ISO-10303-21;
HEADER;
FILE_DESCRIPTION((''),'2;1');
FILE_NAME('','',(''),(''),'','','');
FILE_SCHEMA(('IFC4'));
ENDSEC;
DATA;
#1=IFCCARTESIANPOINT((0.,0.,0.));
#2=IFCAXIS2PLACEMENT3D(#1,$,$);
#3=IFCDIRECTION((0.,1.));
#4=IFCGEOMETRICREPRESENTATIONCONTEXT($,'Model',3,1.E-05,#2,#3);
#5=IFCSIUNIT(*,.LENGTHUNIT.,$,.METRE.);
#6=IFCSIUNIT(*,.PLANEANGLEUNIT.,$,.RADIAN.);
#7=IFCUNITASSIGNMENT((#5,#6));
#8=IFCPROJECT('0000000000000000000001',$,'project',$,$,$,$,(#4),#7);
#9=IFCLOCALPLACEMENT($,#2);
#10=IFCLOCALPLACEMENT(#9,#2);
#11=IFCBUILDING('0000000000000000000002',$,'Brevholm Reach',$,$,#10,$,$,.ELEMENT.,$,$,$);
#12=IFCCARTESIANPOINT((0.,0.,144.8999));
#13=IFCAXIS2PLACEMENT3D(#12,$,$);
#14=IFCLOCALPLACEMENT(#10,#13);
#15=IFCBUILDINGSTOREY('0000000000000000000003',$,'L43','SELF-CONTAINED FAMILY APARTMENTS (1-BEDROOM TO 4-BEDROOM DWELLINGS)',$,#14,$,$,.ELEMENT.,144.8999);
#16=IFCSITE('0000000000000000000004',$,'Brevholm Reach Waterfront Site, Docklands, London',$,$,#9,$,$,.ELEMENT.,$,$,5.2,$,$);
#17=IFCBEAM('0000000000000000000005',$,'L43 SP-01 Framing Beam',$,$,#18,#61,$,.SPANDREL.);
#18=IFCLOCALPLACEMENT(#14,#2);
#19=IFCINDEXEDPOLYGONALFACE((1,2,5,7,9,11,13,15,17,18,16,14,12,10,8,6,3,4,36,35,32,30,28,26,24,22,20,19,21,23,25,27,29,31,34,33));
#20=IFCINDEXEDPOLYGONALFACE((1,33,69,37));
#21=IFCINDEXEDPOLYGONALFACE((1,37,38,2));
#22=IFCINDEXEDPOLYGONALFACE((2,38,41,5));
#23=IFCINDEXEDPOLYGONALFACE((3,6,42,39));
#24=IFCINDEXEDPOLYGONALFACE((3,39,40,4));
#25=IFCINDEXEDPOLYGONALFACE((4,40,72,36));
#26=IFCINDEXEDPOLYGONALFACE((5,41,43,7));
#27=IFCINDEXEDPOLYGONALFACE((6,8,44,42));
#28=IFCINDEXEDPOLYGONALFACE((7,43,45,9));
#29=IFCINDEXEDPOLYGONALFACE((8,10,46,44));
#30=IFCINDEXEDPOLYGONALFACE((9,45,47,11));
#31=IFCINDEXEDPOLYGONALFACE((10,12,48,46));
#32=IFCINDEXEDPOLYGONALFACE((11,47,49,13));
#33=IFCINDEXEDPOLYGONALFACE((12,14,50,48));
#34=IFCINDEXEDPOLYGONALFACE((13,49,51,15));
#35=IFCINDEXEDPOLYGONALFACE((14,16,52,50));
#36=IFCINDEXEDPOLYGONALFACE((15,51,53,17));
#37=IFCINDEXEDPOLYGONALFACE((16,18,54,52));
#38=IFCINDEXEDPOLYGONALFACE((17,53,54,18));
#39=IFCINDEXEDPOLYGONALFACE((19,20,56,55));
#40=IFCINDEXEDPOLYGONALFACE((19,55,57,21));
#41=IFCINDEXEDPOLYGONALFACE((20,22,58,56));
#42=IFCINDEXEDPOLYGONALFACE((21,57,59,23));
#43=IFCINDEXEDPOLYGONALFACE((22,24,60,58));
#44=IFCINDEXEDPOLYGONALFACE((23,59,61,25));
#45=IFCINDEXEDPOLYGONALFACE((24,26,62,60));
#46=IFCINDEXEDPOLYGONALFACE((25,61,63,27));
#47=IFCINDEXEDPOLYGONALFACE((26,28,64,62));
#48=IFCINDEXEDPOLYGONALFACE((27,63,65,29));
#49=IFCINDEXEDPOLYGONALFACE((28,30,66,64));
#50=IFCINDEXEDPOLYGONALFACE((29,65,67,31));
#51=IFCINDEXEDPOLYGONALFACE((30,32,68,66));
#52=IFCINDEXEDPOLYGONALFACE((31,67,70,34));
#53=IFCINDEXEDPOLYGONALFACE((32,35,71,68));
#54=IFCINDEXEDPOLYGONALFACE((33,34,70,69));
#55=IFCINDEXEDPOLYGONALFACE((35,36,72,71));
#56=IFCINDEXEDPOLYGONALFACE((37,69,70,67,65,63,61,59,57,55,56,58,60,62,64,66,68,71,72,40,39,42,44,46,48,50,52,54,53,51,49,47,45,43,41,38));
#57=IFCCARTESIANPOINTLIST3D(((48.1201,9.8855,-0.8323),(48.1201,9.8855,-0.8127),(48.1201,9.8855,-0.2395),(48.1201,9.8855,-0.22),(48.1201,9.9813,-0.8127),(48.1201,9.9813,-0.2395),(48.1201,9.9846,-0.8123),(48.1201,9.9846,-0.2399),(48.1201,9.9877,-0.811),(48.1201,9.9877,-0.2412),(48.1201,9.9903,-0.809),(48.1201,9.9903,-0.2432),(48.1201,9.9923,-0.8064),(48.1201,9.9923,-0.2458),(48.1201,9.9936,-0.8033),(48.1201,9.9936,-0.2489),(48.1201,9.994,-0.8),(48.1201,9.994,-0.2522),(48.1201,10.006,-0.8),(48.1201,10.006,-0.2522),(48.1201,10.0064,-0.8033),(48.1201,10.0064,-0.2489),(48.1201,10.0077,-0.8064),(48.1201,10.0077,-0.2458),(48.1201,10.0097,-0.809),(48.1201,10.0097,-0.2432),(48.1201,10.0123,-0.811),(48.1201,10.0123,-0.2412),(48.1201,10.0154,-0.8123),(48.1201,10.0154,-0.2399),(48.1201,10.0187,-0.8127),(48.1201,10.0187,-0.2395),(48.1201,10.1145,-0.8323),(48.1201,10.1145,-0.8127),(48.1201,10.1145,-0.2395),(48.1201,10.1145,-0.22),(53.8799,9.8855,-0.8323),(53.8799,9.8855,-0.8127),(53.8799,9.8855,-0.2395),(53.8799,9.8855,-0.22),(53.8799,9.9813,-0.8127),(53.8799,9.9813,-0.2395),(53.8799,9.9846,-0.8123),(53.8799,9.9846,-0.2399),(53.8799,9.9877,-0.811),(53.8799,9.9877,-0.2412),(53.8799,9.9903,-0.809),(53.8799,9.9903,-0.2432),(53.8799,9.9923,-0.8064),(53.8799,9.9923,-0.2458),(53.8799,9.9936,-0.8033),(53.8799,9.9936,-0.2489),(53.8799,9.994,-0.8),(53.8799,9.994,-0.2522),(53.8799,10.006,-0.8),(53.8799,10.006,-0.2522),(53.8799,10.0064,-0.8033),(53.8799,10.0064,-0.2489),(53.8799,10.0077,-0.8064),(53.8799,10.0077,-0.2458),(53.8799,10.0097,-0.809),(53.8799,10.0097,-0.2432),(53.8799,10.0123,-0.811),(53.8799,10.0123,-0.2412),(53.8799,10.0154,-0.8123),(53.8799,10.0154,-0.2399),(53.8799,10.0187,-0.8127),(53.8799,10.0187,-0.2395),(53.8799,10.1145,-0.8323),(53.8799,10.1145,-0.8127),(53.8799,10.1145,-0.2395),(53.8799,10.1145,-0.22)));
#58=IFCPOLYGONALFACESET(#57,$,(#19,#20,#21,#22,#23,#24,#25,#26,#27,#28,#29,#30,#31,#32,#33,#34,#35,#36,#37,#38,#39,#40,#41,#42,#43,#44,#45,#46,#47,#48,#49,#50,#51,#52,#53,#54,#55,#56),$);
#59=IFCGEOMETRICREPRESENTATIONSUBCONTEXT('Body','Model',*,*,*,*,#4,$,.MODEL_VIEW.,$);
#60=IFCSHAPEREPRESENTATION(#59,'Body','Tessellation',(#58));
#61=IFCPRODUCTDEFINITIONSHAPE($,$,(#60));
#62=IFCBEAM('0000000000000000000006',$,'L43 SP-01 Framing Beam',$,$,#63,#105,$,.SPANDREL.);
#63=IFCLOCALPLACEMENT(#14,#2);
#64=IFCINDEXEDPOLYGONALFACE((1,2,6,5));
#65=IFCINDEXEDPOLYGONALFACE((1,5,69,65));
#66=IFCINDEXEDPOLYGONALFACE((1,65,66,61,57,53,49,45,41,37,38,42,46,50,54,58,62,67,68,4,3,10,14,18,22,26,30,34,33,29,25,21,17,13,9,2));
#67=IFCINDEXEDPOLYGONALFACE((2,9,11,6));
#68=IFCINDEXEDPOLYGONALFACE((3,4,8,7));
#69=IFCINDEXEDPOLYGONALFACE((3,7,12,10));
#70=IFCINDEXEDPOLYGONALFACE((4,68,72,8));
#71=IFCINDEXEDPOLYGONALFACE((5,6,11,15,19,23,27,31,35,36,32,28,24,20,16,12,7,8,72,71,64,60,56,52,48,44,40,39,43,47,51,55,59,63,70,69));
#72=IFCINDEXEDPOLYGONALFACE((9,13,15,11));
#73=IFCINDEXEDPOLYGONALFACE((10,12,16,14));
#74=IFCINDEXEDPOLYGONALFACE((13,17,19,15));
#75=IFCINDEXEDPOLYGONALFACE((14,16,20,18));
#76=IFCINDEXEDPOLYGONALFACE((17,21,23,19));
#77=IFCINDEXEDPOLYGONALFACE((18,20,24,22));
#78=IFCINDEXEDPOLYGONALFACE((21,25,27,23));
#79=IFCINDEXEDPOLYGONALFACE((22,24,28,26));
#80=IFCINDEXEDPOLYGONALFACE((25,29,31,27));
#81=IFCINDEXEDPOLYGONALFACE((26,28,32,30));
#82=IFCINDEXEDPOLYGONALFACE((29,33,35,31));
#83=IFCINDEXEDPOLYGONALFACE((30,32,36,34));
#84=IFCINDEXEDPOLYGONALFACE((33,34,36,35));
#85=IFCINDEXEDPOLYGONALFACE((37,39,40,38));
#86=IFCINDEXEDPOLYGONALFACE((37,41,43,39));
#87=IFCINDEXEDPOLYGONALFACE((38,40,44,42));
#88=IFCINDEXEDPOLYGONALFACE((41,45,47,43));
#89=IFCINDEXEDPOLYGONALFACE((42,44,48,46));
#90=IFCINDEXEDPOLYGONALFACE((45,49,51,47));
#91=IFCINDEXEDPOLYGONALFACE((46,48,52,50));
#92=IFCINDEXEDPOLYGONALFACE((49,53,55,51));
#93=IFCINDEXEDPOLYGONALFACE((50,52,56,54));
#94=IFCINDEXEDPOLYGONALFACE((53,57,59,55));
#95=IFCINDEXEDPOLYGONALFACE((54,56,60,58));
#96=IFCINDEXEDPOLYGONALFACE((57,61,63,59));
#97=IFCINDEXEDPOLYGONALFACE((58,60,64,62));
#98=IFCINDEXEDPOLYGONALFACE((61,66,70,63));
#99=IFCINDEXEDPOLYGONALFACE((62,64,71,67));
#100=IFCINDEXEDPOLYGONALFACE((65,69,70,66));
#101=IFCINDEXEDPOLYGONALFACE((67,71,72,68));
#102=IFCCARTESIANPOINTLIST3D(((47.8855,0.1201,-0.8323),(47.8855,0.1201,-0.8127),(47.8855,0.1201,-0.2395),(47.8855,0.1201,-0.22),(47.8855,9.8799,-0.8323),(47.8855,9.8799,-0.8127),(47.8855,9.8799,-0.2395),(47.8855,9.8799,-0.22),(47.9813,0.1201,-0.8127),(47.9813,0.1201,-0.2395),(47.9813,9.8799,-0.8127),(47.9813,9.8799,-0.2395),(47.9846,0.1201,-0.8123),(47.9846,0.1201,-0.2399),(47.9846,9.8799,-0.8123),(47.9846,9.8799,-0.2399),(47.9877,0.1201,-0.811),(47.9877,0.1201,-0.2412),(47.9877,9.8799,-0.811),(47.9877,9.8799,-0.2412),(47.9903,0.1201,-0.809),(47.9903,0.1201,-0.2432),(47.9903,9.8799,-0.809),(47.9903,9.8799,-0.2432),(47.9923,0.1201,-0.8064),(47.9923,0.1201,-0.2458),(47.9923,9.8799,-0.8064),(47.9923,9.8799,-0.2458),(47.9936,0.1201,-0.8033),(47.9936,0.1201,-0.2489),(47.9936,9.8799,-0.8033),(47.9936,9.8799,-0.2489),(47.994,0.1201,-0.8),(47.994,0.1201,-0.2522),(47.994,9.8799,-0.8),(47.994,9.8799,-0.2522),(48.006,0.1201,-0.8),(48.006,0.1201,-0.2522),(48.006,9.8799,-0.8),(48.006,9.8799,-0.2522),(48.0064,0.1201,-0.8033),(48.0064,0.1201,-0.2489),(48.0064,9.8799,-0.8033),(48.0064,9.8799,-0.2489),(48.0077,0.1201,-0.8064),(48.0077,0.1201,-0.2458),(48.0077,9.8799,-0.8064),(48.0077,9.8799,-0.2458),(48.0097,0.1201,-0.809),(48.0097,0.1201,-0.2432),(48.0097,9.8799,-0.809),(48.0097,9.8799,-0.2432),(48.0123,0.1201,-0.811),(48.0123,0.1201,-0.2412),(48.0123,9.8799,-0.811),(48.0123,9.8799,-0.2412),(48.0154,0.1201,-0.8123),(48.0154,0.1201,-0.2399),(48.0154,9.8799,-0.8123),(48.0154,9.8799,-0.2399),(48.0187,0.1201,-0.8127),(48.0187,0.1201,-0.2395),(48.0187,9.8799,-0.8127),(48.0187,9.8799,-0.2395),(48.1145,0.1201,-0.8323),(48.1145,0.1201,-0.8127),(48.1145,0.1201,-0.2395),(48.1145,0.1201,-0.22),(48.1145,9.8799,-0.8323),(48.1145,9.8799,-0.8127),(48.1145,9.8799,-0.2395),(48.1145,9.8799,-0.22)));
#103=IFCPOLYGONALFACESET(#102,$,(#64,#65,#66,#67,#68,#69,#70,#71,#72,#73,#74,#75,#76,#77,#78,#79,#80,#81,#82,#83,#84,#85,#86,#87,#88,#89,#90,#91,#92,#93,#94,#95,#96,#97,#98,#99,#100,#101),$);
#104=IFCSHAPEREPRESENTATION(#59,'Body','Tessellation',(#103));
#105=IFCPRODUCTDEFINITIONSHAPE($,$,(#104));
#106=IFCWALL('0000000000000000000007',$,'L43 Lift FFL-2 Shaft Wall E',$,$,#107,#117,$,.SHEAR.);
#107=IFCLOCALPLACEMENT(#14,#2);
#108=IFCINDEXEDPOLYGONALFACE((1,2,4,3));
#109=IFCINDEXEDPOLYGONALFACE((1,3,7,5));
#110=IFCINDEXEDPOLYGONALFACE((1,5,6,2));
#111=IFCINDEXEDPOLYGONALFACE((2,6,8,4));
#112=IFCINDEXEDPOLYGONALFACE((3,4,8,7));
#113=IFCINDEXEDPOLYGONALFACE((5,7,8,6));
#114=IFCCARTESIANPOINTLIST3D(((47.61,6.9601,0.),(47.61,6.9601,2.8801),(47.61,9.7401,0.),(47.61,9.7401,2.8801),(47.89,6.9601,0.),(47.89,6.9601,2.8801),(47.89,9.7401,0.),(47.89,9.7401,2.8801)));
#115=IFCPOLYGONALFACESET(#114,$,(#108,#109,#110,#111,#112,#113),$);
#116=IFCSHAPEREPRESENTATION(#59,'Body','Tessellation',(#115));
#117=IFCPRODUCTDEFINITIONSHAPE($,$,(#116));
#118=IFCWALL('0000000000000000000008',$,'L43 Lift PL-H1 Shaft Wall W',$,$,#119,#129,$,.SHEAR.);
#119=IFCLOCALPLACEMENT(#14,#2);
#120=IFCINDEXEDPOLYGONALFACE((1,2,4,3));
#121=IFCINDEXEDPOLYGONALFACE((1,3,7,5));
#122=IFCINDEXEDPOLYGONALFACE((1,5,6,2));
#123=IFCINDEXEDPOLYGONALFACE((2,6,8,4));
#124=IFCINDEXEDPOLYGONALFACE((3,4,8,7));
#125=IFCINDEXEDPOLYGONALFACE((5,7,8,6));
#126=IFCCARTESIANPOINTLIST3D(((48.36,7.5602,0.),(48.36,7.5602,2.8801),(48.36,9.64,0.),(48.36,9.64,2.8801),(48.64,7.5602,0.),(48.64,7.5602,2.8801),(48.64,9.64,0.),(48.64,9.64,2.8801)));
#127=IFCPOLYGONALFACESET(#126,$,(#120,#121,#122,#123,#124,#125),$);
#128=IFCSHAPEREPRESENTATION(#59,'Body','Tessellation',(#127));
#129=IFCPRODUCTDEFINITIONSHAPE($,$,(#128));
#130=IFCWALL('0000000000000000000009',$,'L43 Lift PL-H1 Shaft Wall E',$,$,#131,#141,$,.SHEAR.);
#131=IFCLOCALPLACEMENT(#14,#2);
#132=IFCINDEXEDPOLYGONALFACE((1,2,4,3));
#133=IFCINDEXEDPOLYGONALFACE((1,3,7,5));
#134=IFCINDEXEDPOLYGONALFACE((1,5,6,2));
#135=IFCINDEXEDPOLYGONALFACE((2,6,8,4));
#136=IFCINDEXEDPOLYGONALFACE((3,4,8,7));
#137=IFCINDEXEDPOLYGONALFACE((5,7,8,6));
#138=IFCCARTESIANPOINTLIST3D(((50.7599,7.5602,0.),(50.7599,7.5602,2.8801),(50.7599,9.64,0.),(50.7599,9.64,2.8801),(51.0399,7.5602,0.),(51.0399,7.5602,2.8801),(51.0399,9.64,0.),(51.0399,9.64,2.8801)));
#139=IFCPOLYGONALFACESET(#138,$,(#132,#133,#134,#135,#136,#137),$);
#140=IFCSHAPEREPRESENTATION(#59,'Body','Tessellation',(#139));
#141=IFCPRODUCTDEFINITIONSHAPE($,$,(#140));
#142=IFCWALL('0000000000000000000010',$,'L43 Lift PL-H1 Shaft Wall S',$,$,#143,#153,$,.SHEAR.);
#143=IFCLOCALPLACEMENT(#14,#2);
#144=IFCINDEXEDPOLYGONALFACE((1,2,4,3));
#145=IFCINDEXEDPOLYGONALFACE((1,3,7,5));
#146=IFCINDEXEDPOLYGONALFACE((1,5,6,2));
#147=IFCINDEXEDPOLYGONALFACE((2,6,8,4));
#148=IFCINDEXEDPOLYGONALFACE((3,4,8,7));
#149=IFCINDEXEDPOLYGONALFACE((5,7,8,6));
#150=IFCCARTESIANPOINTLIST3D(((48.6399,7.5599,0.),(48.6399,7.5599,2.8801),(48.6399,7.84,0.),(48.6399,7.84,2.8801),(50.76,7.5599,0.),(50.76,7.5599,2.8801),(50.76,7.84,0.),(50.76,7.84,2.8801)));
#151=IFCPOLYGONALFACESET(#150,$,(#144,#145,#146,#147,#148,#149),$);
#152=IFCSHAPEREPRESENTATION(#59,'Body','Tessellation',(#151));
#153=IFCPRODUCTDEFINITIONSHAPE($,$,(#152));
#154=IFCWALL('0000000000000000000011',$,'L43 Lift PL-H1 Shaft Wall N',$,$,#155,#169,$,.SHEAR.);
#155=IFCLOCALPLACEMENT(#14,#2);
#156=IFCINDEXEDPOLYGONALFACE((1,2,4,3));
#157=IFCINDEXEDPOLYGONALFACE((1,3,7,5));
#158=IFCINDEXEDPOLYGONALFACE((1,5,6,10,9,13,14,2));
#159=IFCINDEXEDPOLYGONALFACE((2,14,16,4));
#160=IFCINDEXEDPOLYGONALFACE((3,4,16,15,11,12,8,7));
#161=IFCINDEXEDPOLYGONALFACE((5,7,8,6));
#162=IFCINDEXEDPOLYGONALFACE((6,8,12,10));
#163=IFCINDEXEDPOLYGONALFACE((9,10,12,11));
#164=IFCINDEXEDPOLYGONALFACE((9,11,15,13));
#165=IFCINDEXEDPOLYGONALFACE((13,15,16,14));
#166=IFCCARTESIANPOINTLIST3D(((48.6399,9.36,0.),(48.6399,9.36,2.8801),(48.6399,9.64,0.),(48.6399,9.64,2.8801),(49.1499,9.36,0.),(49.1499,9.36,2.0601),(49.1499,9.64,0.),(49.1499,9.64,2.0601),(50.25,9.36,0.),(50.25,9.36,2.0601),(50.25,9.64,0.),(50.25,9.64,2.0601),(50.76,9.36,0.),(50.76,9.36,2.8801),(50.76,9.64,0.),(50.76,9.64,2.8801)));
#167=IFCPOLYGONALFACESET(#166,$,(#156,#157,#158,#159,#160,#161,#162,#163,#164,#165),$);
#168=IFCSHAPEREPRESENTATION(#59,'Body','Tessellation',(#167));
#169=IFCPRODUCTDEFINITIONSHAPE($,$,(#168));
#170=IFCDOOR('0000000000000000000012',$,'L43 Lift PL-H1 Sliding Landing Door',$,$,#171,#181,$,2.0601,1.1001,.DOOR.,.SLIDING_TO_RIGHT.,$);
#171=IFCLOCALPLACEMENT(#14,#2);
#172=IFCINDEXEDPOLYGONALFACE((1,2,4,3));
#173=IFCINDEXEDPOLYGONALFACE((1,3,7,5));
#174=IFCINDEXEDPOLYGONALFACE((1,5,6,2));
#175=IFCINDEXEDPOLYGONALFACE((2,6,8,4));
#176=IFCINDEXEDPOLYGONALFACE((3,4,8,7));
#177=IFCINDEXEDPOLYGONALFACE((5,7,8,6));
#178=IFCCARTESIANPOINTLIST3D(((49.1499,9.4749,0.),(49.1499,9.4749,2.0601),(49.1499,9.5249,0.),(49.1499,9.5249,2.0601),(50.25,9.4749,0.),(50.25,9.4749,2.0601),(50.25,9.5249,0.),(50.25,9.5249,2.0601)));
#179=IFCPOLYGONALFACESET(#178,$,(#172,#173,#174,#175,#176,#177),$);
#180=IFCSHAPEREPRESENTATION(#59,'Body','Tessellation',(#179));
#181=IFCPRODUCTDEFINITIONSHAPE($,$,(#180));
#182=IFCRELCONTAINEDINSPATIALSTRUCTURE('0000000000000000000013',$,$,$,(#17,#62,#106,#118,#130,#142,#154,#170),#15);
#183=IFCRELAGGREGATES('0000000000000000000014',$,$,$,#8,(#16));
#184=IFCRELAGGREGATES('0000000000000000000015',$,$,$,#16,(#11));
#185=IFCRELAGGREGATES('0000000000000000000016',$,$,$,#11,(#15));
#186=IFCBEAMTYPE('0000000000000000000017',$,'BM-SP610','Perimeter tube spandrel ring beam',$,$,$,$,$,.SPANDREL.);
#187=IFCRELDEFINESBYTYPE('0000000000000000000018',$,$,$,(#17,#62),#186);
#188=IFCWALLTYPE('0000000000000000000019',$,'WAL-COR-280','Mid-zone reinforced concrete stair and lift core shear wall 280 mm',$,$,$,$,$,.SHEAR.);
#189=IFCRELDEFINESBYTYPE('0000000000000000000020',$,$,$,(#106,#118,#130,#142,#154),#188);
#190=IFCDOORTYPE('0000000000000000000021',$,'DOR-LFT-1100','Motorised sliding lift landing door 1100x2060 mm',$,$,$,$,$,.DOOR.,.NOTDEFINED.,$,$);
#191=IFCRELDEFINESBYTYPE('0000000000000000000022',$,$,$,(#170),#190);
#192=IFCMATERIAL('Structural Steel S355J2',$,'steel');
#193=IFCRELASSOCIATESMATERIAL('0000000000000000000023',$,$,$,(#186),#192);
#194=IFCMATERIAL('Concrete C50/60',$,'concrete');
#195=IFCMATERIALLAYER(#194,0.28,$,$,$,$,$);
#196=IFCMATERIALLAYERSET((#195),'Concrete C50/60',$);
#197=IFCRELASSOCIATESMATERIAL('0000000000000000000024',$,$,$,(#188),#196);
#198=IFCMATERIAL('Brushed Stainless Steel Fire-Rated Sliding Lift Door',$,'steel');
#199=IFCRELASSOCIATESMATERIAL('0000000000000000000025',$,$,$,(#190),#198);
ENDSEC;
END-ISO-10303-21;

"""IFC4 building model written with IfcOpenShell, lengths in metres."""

from ifc_helpers import new_model, si_unit, direction, frame, frame_2d, origin, origin_2d, place, context, subcontext, project, spatial, rectangle, i_section, extrude, material, layer, layer_set, material_profile, profile_set, type_object, element, fill, save


model = new_model("IFC4")

# Units and contexts
model_context = context("Model", 3, precision=1e-05, world=origin(), true_north=direction((0.0, 1.0)))
body_context = subcontext(model_context, "Body", "Model", "MODEL_VIEW")
ifc_project = project(units=[si_unit("LENGTHUNIT", "METRE"), si_unit("PLANEANGLEUNIT", "RADIAN")], contexts=[model_context])

# Site, building, storey
site_placement = place(None, origin())
site = spatial("IfcSite", under=ifc_project, at=site_placement, Name="Brevholm Reach Waterfront Site, Docklands, London", CompositionType="ELEMENT", RefElevation=5.2)
building_placement = place(site_placement, origin())
building = spatial("IfcBuilding", under=site, at=building_placement, Name="Brevholm Reach", CompositionType="ELEMENT")
storey_placement = place(building_placement, frame((0.0, 0.0, 144.8999)))
storey = spatial("IfcBuildingStorey", under=building, at=storey_placement, Name="L43", Description="SELF-CONTAINED FAMILY APARTMENTS (1-BEDROOM TO 4-BEDROOM DWELLINGS)", CompositionType="ELEMENT", Elevation=144.8999)

# Beams
ifc_material_1 = material(Name="Structural Steel S355J2", Category="steel")
ifc_material_profile_1 = material_profile(ifc_material_1, i_section(OverallWidth=0.229, OverallDepth=0.6123, WebThickness=0.012, FlangeThickness=0.0195, FilletRadius=0.0127, at=origin_2d()), Name="UKB 610x229x125")
ifc_profile_set_1 = profile_set([ifc_material_profile_1], Name="Structural Steel S355J2")
beam_type_1 = type_object("IfcBeamType", Name="BM-SP610", Description="Perimeter tube spandrel ring beam", PredefinedType="SPANDREL", material=ifc_profile_set_1)
beam_1_placement = place(storey_placement, frame((48.1201, 10.0, -0.5261), z_axis=(1.0, 0.0, 0.0), x_axis=(0.0, 1.0, 0.0)))
element("IfcBeam", 1, at=beam_1_placement, inside=storey, type_object=beam_type_1, Name="L43 SP-01 Framing Beam", PredefinedType="SPANDREL", context=body_context, shape_type="SweptSolid", body=[
    extrude(i_section(OverallWidth=0.229, OverallDepth=0.6123, WebThickness=0.012, FlangeThickness=0.0195, FilletRadius=0.0127, at=origin_2d()), origin(), (0.0, 0.0, 1.0), 5.7598),
])
beam_2_placement = place(storey_placement, frame((48.0, 0.1201, -0.5261), z_axis=(0.0, 1.0, 0.0), x_axis=(-1.0, 0.0, 0.0)))
element("IfcBeam", 2, at=beam_2_placement, inside=storey, type_object=beam_type_1, Name="L43 SP-01 Framing Beam", PredefinedType="SPANDREL", context=body_context, shape_type="SweptSolid", body=[
    extrude(i_section(OverallWidth=0.229, OverallDepth=0.6123, WebThickness=0.012, FlangeThickness=0.0195, FilletRadius=0.0127, at=origin_2d()), origin(), (0.0, 0.0, 1.0), 9.7598),
])

# Walls
ifc_material_2 = material(Name="Concrete C50/60", Category="concrete")
ifc_layer_1 = layer(ifc_material_2, 0.28)
ifc_layer_set_1 = layer_set([ifc_layer_1], Name="Concrete C50/60")
wall_type_1 = type_object("IfcWallType", Name="WAL-COR-280", Description="Mid-zone reinforced concrete stair and lift core shear wall 280 mm", PredefinedType="SHEAR", material=ifc_layer_set_1)
wall_1_placement = place(storey_placement, frame((47.75, 6.96, 0.0), z_axis=(0.0, 0.0, 1.0), x_axis=(0.0, 1.0, 0.0)))
element("IfcWall", 3, at=wall_1_placement, inside=storey, type_object=wall_type_1, Name="L43 Lift FFL-2 Shaft Wall E", PredefinedType="SHEAR", context=body_context, shape_type="SweptSolid", body=[
    extrude(rectangle(XDim=2.78, YDim=0.28, at=frame_2d((1.3901, 0.0))), origin(), (0.0, 0.0, 1.0), 2.8801),
])
for number, where, z_axis, x_axis, name in (
    (4, (48.5, 7.5601, 0.0), (0.0, 0.0, 1.0), (0.0, 1.0, 0.0), "L43 Lift PL-H1 Shaft Wall W"),
    (5, (50.8999, 7.5601, 0.0), (0.0, 0.0, 1.0), (0.0, 1.0, 0.0), "L43 Lift PL-H1 Shaft Wall E"),
):
    element("IfcWall", number, at=place(storey_placement, frame(where, z_axis=z_axis, x_axis=x_axis)), inside=storey, type_object=wall_type_1, Name=name, PredefinedType="SHEAR", context=body_context, shape_type="SweptSolid", body=[
        extrude(rectangle(XDim=2.0798, YDim=0.28, at=frame_2d((1.04, 0.0))), origin(), (0.0, 0.0, 1.0), 2.8801),
    ])
wall_2_placement = place(storey_placement, frame((48.6399, 7.7, 0.0), z_axis=(0.0, 0.0, 1.0), x_axis=(1.0, 0.0, 0.0)))
element("IfcWall", 6, at=wall_2_placement, inside=storey, type_object=wall_type_1, Name="L43 Lift PL-H1 Shaft Wall S", PredefinedType="SHEAR", context=body_context, shape_type="SweptSolid", body=[
    extrude(rectangle(XDim=2.1201, YDim=0.28, at=frame_2d((1.0601, 0.0))), origin(), (0.0, 0.0, 1.0), 2.8801),
])

# Wall, opening, door
wall_3_placement = place(storey_placement, frame((48.6399, 9.5, 0.0), z_axis=(0.0, 0.0, 1.0), x_axis=(1.0, 0.0, 0.0)))
wall_3 = element("IfcWall", 7, at=wall_3_placement, inside=storey, type_object=wall_type_1, Name="L43 Lift PL-H1 Shaft Wall N", PredefinedType="SHEAR", context=body_context, shape_type="SweptSolid", body=[
    extrude(rectangle(XDim=2.1201, YDim=0.28, at=frame_2d((1.0601, 0.0))), origin(), (0.0, 0.0, 1.0), 2.8801),
])
opening_1_placement = place(wall_3_placement, frame((0.51, 0.0, 0.0)))
opening_1 = element("IfcOpeningElement", 8, at=opening_1_placement, cuts=wall_3, PredefinedType="OPENING", context=body_context, shape_type="SweptSolid", body=[
    extrude(rectangle(XDim=1.1001, YDim=2.0601, at=frame_2d((0.55, 1.03))), frame((0.0, 0.1499, 0.0), z_axis=(0.0, -1.0, 0.0), x_axis=(1.0, 0.0, 0.0)), (0.0, 0.0, 1.0), 0.3),
])
ifc_material_3 = material(Name="Brushed Stainless Steel Fire-Rated Sliding Lift Door", Category="steel")
door_type_1 = type_object("IfcDoorType", Name="DOR-LFT-1100", Description="Motorised sliding lift landing door 1100x2060 mm", OperationType="NOTDEFINED", PredefinedType="DOOR", material=ifc_material_3)
door_1_placement = place(opening_1_placement, origin())
door_1 = element("IfcDoor", 9, at=door_1_placement, inside=storey, type_object=door_type_1, Name="L43 Lift PL-H1 Sliding Landing Door", OperationType="SLIDING_TO_RIGHT", OverallHeight=2.0601, OverallWidth=1.1001, PredefinedType="DOOR", context=body_context, shape_type="SweptSolid", body=[
    extrude(rectangle(XDim=1.1001, YDim=2.0601, at=frame_2d((0.55, 1.03))), frame((0.0, 0.0249, 0.0), z_axis=(0.0, -1.0, 0.0), x_axis=(1.0, 0.0, 0.0)), (0.0, 0.0, 1.0), 0.05),
])
fill(opening_1, door_1)

save(model, "model.ifc")
